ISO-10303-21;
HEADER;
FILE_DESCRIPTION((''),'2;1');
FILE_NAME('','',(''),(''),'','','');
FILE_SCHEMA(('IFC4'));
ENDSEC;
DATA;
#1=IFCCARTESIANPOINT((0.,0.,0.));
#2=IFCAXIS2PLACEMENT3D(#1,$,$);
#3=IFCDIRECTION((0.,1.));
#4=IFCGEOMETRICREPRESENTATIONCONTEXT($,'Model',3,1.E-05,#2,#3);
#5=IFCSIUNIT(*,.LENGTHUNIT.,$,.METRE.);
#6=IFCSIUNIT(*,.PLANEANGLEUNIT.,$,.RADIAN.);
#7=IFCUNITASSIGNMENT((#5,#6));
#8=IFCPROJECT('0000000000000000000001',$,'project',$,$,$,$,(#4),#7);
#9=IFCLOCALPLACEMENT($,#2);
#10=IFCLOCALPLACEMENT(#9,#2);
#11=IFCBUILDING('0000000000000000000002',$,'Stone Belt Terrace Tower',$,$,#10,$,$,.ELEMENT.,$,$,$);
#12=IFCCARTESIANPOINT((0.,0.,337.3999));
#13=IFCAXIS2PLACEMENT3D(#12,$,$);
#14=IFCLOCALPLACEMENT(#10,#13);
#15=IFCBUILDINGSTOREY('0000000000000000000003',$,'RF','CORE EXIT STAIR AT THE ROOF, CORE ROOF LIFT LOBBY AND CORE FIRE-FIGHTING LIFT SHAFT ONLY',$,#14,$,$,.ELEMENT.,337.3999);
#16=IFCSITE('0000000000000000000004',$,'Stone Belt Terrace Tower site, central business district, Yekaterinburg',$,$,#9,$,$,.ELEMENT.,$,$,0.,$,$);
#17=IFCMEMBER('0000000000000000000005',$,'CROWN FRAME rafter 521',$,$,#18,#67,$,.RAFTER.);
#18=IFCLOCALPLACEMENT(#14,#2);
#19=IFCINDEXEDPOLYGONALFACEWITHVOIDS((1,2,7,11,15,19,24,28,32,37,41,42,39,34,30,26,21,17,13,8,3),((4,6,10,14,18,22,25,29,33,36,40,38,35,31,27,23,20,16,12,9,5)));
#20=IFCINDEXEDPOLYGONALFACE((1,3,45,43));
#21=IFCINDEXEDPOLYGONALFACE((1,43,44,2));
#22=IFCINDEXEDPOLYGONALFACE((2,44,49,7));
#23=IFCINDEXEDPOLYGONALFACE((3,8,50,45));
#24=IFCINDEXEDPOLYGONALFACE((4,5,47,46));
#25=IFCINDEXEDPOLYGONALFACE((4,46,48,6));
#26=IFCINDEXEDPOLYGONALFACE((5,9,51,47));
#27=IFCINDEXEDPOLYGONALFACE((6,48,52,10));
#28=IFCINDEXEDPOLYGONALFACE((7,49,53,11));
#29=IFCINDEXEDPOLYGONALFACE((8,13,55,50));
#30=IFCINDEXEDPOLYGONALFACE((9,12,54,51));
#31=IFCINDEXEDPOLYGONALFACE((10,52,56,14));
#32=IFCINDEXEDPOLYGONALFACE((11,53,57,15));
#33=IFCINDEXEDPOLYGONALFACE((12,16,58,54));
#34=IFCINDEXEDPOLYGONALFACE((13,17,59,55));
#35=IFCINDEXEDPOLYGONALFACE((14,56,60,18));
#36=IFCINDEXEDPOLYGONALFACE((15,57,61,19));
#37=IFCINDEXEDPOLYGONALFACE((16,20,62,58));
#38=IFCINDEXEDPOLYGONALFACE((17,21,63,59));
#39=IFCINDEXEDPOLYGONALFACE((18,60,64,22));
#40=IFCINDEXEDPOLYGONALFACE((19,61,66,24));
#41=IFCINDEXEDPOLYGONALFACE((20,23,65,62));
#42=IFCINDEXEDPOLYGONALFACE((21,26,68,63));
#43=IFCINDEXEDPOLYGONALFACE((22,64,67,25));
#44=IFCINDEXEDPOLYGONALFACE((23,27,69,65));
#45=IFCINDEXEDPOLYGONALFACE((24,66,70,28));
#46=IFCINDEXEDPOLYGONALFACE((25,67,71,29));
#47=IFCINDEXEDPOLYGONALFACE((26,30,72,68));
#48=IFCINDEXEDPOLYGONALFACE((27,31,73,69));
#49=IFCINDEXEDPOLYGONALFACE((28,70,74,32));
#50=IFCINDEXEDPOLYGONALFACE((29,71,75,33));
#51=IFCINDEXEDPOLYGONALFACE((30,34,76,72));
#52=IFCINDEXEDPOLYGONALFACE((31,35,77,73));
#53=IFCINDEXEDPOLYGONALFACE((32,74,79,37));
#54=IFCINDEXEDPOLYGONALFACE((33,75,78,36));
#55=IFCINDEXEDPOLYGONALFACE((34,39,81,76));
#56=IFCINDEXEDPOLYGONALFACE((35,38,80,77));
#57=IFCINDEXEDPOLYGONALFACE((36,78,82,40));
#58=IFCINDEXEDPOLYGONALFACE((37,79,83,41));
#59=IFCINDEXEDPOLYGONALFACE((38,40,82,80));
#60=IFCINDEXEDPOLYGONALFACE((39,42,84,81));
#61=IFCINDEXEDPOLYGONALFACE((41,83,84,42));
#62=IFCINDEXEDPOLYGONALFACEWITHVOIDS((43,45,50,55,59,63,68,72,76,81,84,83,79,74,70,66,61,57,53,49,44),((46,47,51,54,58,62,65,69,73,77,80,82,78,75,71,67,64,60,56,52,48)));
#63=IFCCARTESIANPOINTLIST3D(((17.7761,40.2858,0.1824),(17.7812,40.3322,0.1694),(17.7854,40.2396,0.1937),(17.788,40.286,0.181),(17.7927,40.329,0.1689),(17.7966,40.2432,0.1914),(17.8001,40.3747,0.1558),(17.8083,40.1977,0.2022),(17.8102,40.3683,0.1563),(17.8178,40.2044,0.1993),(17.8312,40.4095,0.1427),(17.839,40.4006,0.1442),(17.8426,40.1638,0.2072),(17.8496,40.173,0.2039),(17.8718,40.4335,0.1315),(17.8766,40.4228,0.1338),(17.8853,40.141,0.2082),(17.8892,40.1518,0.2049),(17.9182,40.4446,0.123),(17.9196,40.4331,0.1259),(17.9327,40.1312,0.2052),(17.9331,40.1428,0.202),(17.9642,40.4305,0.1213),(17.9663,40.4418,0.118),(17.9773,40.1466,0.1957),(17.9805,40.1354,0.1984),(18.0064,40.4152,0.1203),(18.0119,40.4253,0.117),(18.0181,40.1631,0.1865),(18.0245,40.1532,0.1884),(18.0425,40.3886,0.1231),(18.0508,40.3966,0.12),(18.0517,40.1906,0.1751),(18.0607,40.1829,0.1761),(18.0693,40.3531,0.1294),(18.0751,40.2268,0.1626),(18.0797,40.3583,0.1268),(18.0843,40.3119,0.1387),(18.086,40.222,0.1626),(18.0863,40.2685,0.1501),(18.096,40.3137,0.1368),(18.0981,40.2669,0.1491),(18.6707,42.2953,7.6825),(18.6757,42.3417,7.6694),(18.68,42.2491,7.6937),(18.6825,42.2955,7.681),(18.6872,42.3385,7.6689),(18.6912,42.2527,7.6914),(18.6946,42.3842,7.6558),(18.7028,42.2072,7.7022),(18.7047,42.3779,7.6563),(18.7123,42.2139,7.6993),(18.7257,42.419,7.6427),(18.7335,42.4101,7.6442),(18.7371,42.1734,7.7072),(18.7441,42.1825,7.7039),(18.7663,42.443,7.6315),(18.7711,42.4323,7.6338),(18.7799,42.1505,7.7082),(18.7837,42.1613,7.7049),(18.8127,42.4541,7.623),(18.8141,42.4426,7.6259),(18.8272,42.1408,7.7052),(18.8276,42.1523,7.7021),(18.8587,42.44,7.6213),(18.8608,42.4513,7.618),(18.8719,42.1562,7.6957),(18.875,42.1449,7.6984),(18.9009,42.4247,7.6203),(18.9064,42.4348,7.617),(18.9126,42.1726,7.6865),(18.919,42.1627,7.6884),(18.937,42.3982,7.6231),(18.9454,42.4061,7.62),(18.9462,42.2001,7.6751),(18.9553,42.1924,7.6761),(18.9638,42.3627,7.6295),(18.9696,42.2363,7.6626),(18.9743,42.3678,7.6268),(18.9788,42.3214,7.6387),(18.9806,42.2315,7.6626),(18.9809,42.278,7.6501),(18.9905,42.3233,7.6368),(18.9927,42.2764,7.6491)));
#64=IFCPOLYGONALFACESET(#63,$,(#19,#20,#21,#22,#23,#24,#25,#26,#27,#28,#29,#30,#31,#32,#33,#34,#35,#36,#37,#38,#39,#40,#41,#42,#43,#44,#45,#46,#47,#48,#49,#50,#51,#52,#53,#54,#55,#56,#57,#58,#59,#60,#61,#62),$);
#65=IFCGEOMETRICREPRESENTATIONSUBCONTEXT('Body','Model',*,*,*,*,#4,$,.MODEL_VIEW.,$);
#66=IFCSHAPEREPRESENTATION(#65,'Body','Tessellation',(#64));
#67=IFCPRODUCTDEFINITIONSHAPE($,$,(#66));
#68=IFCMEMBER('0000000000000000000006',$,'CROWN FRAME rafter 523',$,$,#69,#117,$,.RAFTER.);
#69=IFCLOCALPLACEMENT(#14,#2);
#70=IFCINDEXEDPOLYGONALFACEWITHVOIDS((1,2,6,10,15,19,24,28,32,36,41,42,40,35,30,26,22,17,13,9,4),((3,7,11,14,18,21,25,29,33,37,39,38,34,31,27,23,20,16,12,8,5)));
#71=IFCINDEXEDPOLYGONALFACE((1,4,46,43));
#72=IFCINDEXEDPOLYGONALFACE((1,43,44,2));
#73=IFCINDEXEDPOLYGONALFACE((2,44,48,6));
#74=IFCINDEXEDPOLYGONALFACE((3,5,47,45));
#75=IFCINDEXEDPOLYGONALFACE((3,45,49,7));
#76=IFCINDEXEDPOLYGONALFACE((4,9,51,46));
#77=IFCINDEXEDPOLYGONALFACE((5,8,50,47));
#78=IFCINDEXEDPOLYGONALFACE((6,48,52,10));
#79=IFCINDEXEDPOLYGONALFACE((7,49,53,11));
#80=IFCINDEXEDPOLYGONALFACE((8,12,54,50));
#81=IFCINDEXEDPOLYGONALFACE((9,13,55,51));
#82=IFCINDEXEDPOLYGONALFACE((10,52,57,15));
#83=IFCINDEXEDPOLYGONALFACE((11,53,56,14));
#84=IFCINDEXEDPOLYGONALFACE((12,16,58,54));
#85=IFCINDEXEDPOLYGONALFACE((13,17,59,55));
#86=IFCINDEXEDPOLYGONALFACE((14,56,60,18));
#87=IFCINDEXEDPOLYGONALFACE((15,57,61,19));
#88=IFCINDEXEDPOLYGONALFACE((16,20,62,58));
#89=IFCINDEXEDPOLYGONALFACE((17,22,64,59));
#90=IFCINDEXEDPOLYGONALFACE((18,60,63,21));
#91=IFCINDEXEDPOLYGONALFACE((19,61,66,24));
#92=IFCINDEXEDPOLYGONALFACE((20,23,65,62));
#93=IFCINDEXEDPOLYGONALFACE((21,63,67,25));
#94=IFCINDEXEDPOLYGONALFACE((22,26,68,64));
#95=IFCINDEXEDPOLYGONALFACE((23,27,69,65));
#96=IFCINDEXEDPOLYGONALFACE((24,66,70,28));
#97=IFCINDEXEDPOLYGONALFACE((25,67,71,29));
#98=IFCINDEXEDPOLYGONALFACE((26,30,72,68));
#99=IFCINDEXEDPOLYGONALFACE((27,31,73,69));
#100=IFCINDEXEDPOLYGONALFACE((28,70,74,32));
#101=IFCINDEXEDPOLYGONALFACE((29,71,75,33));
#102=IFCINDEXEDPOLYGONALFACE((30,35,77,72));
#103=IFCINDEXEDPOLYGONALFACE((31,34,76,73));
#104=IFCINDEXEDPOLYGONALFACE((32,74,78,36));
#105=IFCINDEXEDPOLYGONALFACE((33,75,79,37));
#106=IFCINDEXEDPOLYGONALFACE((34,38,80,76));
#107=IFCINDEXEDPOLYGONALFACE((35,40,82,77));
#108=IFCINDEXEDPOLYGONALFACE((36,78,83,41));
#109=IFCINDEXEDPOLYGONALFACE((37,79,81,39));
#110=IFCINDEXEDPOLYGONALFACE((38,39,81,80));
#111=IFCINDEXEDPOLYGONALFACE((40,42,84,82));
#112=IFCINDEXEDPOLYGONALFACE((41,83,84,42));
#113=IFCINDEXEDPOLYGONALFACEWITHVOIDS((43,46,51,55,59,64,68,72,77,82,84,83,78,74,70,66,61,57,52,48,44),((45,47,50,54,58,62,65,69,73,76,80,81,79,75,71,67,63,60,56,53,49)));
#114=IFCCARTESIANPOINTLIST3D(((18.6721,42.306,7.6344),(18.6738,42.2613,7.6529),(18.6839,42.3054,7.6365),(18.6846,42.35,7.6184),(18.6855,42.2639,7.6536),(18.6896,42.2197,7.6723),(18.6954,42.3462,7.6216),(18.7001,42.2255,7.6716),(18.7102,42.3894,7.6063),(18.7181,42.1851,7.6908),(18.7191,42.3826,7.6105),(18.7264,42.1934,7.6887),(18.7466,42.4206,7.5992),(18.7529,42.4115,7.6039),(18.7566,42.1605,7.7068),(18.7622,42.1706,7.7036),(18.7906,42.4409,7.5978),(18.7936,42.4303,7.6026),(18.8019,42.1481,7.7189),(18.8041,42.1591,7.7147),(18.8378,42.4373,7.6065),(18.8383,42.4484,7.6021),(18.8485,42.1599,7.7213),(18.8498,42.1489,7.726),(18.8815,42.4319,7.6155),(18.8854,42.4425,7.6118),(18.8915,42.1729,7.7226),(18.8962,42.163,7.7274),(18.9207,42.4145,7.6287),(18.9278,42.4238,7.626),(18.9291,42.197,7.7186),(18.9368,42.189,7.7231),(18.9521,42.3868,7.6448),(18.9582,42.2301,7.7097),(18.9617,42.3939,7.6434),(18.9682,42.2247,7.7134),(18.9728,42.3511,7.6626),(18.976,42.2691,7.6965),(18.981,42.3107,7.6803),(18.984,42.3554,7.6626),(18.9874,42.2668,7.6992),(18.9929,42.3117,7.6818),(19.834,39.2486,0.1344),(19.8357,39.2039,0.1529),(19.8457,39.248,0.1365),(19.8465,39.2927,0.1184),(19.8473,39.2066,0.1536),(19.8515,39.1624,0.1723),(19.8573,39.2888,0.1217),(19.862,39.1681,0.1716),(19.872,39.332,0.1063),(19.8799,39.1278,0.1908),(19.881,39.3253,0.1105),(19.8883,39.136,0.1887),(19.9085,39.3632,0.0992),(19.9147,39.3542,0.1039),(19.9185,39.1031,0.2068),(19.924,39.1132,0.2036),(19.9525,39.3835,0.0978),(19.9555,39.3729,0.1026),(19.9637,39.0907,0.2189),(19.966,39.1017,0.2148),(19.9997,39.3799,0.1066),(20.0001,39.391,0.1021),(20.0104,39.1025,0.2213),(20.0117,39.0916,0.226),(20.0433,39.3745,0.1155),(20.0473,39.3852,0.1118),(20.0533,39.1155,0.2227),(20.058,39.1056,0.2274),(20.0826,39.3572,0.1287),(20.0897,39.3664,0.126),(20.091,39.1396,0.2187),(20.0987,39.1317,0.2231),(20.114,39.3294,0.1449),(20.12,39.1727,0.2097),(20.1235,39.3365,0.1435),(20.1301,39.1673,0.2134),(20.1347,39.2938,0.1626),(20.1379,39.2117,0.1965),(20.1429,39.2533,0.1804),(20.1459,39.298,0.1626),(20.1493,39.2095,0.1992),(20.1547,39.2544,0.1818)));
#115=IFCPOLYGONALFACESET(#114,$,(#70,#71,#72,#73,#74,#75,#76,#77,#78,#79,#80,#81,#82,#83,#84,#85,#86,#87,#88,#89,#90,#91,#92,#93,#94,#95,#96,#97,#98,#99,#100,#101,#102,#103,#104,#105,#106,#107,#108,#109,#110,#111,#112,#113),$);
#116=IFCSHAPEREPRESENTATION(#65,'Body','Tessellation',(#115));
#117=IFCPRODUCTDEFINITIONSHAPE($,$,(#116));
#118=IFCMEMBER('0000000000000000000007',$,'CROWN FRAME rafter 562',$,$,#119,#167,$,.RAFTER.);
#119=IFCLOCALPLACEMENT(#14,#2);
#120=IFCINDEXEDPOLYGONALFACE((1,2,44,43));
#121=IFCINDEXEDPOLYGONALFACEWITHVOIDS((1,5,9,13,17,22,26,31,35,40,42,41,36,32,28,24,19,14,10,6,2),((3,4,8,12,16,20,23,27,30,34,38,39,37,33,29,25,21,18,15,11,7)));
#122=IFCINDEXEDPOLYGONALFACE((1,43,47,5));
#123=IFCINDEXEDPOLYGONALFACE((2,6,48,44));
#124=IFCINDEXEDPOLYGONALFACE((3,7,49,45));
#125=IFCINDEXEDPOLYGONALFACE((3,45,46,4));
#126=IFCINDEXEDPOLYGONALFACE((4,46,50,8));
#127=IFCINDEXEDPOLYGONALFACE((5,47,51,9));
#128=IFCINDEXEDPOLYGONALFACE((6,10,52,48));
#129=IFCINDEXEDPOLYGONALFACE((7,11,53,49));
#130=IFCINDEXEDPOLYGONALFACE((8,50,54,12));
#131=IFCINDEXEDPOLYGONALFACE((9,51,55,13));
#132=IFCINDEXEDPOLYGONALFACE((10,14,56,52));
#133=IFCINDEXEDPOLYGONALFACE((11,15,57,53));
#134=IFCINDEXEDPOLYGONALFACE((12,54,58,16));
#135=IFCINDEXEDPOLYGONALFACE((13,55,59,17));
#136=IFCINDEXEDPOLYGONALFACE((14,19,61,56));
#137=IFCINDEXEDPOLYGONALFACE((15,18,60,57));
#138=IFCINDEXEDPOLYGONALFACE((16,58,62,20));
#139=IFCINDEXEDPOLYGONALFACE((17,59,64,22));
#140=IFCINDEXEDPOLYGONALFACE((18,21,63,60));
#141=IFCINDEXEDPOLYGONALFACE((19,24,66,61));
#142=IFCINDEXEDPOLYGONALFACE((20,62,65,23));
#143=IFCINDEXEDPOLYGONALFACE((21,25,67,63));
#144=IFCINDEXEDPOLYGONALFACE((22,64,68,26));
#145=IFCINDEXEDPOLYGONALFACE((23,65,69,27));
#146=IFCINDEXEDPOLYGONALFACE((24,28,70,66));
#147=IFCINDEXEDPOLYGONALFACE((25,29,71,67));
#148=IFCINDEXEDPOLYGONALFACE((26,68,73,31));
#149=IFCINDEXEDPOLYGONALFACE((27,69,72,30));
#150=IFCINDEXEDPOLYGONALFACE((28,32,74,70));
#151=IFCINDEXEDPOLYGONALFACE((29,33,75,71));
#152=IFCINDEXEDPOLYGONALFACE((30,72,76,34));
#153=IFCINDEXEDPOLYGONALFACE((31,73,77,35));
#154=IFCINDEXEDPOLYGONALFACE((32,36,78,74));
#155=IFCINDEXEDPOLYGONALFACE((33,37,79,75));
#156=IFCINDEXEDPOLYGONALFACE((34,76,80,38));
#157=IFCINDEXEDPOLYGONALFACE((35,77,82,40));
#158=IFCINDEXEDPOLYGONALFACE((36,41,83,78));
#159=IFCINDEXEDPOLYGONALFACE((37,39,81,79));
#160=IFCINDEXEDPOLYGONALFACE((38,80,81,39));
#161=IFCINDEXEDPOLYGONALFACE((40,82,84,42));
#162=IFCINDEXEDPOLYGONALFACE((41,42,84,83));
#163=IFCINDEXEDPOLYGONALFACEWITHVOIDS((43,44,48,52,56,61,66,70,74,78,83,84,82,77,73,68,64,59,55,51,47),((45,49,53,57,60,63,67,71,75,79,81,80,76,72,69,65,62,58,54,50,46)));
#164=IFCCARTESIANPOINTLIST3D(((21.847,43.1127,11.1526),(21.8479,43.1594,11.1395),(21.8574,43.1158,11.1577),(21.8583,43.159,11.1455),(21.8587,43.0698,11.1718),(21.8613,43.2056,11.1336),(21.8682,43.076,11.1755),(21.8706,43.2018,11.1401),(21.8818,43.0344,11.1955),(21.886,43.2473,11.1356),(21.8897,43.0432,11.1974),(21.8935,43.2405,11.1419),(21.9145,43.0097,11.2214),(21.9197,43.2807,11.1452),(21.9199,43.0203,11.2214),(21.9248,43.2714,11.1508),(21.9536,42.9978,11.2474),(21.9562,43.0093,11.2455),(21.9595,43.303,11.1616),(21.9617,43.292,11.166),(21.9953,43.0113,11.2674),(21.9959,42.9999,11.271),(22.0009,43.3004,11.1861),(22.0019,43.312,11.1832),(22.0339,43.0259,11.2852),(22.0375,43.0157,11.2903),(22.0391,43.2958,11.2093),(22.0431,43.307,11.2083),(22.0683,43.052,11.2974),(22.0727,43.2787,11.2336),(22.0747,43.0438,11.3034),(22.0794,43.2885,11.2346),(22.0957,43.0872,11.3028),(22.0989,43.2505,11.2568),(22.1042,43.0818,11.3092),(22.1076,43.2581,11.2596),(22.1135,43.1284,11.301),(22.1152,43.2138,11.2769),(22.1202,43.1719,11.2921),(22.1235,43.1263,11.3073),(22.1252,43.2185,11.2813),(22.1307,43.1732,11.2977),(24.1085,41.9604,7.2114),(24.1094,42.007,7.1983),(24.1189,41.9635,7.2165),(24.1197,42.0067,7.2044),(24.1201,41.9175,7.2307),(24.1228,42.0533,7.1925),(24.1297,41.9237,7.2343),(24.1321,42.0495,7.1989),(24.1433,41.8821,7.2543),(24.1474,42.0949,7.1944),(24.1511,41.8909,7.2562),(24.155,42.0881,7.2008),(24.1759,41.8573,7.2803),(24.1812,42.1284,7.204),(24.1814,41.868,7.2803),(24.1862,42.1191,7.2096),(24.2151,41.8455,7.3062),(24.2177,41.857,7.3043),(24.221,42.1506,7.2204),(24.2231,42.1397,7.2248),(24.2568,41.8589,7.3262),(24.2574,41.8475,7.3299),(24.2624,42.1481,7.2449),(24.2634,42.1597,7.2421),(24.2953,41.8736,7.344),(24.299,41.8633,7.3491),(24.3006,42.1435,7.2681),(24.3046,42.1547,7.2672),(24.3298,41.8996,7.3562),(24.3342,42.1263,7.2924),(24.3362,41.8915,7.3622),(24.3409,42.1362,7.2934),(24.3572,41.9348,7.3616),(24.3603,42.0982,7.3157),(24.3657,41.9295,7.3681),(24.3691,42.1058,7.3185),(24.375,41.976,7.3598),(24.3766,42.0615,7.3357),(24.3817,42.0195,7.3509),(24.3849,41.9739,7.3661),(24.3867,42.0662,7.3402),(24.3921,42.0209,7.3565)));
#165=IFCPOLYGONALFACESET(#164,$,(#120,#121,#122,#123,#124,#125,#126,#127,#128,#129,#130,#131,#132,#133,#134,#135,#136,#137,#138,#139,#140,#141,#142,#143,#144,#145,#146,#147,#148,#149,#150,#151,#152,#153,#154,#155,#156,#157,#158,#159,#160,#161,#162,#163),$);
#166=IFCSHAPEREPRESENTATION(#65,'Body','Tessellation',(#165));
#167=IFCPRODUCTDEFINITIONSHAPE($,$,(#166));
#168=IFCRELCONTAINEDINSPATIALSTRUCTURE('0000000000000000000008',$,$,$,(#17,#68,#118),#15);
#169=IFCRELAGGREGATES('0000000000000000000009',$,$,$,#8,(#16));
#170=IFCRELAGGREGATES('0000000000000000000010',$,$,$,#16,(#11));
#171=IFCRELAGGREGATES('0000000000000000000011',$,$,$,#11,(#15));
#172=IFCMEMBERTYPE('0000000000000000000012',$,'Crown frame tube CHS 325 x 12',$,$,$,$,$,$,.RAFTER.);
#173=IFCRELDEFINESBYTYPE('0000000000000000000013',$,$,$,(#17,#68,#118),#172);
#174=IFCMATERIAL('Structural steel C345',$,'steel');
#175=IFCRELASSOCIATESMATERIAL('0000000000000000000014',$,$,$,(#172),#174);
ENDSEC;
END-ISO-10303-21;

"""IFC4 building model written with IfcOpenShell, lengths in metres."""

from ifc_helpers import new_model, si_unit, direction, frame, origin, origin_2d, place, context, subcontext, project, spatial, hollow_circle, extrude, material, material_profile, profile_set, type_object, element, save


model = new_model("IFC4")

# Units and contexts
model_context = context("Model", 3, precision=1e-05, world=origin(), true_north=direction((0.0, 1.0)))
body_context = subcontext(model_context, "Body", "Model", "MODEL_VIEW")
ifc_project = project(units=[si_unit("LENGTHUNIT", "METRE"), si_unit("PLANEANGLEUNIT", "RADIAN")], contexts=[model_context])

# Site, building, storey
site_placement = place(None, origin())
site = spatial("IfcSite", under=ifc_project, at=site_placement, Name="Stone Belt Terrace Tower site, central business district, Yekaterinburg", CompositionType="ELEMENT", RefElevation=0.0)
building_placement = place(site_placement, origin())
building = spatial("IfcBuilding", under=site, at=building_placement, Name="Stone Belt Terrace Tower", CompositionType="ELEMENT")
storey_placement = place(building_placement, frame((0.0, 0.0, 337.3999)))
storey = spatial("IfcBuildingStorey", under=building, at=storey_placement, Name="RF", Description="CORE EXIT STAIR AT THE ROOF, CORE ROOF LIFT LOBBY AND CORE FIRE-FIGHTING LIFT SHAFT ONLY", CompositionType="ELEMENT", Elevation=337.3999)

# Members
ifc_material_1 = material(Name="Structural steel C345", Category="steel")
ifc_material_profile_1 = material_profile(ifc_material_1, hollow_circle(Radius=0.1626, WallThickness=0.012, at=origin_2d()), Name="Structural steel C345 CHS 325x12")
ifc_profile_set_1 = profile_set([ifc_material_profile_1], Name="Structural steel C345")
member_type_1 = type_object("IfcMemberType", Name="Crown frame tube CHS 325 x 12", PredefinedType="RAFTER", material=ifc_profile_set_1)
member_1_placement = place(storey_placement, frame((18.832, 42.2976, 7.6626), z_axis=(-0.11445, -0.257107, -0.959582), x_axis=(0.913573, -0.406674, 0.0)))
element("IfcMember", 1, at=member_1_placement, inside=storey, type_object=member_type_1, Name="CROWN FRAME rafter 521", PredefinedType="RAFTER", context=body_context, shape_type="SweptSolid", body=[
    extrude(hollow_circle(Radius=0.1626, WallThickness=0.012, at=origin_2d()), origin(), (0.0, 0.0, 1.0), 7.8159),
])
member_2_placement = place(storey_placement, frame((18.832, 42.2976, 7.6626), z_axis=(0.142, -0.373664, -0.91663), x_axis=(0.934777, 0.355235, 0.0)))
element("IfcMember", 2, at=member_2_placement, inside=storey, type_object=member_type_1, Name="CROWN FRAME rafter 523", PredefinedType="RAFTER", context=body_context, shape_type="SweptSolid", body=[
    extrude(hollow_circle(Radius=0.1626, WallThickness=0.012, at=origin_2d()), origin(), (0.0, 0.0, 1.0), 8.1821),
])
member_3_placement = place(storey_placement, frame((24.2498, 42.0022, 7.2803), z_axis=(-0.482423, 0.245821, 0.840738), x_axis=(-0.454011, -0.890996, 0.0)))
element("IfcMember", 3, at=member_3_placement, inside=storey, type_object=member_type_1, Name="CROWN FRAME rafter 562", PredefinedType="RAFTER", context=body_context, shape_type="SweptSolid", body=[
    extrude(hollow_circle(Radius=0.1626, WallThickness=0.012, at=origin_2d()), origin(), (0.0, 0.0, 1.0), 4.6877),
])

save(model, "model.ifc")
